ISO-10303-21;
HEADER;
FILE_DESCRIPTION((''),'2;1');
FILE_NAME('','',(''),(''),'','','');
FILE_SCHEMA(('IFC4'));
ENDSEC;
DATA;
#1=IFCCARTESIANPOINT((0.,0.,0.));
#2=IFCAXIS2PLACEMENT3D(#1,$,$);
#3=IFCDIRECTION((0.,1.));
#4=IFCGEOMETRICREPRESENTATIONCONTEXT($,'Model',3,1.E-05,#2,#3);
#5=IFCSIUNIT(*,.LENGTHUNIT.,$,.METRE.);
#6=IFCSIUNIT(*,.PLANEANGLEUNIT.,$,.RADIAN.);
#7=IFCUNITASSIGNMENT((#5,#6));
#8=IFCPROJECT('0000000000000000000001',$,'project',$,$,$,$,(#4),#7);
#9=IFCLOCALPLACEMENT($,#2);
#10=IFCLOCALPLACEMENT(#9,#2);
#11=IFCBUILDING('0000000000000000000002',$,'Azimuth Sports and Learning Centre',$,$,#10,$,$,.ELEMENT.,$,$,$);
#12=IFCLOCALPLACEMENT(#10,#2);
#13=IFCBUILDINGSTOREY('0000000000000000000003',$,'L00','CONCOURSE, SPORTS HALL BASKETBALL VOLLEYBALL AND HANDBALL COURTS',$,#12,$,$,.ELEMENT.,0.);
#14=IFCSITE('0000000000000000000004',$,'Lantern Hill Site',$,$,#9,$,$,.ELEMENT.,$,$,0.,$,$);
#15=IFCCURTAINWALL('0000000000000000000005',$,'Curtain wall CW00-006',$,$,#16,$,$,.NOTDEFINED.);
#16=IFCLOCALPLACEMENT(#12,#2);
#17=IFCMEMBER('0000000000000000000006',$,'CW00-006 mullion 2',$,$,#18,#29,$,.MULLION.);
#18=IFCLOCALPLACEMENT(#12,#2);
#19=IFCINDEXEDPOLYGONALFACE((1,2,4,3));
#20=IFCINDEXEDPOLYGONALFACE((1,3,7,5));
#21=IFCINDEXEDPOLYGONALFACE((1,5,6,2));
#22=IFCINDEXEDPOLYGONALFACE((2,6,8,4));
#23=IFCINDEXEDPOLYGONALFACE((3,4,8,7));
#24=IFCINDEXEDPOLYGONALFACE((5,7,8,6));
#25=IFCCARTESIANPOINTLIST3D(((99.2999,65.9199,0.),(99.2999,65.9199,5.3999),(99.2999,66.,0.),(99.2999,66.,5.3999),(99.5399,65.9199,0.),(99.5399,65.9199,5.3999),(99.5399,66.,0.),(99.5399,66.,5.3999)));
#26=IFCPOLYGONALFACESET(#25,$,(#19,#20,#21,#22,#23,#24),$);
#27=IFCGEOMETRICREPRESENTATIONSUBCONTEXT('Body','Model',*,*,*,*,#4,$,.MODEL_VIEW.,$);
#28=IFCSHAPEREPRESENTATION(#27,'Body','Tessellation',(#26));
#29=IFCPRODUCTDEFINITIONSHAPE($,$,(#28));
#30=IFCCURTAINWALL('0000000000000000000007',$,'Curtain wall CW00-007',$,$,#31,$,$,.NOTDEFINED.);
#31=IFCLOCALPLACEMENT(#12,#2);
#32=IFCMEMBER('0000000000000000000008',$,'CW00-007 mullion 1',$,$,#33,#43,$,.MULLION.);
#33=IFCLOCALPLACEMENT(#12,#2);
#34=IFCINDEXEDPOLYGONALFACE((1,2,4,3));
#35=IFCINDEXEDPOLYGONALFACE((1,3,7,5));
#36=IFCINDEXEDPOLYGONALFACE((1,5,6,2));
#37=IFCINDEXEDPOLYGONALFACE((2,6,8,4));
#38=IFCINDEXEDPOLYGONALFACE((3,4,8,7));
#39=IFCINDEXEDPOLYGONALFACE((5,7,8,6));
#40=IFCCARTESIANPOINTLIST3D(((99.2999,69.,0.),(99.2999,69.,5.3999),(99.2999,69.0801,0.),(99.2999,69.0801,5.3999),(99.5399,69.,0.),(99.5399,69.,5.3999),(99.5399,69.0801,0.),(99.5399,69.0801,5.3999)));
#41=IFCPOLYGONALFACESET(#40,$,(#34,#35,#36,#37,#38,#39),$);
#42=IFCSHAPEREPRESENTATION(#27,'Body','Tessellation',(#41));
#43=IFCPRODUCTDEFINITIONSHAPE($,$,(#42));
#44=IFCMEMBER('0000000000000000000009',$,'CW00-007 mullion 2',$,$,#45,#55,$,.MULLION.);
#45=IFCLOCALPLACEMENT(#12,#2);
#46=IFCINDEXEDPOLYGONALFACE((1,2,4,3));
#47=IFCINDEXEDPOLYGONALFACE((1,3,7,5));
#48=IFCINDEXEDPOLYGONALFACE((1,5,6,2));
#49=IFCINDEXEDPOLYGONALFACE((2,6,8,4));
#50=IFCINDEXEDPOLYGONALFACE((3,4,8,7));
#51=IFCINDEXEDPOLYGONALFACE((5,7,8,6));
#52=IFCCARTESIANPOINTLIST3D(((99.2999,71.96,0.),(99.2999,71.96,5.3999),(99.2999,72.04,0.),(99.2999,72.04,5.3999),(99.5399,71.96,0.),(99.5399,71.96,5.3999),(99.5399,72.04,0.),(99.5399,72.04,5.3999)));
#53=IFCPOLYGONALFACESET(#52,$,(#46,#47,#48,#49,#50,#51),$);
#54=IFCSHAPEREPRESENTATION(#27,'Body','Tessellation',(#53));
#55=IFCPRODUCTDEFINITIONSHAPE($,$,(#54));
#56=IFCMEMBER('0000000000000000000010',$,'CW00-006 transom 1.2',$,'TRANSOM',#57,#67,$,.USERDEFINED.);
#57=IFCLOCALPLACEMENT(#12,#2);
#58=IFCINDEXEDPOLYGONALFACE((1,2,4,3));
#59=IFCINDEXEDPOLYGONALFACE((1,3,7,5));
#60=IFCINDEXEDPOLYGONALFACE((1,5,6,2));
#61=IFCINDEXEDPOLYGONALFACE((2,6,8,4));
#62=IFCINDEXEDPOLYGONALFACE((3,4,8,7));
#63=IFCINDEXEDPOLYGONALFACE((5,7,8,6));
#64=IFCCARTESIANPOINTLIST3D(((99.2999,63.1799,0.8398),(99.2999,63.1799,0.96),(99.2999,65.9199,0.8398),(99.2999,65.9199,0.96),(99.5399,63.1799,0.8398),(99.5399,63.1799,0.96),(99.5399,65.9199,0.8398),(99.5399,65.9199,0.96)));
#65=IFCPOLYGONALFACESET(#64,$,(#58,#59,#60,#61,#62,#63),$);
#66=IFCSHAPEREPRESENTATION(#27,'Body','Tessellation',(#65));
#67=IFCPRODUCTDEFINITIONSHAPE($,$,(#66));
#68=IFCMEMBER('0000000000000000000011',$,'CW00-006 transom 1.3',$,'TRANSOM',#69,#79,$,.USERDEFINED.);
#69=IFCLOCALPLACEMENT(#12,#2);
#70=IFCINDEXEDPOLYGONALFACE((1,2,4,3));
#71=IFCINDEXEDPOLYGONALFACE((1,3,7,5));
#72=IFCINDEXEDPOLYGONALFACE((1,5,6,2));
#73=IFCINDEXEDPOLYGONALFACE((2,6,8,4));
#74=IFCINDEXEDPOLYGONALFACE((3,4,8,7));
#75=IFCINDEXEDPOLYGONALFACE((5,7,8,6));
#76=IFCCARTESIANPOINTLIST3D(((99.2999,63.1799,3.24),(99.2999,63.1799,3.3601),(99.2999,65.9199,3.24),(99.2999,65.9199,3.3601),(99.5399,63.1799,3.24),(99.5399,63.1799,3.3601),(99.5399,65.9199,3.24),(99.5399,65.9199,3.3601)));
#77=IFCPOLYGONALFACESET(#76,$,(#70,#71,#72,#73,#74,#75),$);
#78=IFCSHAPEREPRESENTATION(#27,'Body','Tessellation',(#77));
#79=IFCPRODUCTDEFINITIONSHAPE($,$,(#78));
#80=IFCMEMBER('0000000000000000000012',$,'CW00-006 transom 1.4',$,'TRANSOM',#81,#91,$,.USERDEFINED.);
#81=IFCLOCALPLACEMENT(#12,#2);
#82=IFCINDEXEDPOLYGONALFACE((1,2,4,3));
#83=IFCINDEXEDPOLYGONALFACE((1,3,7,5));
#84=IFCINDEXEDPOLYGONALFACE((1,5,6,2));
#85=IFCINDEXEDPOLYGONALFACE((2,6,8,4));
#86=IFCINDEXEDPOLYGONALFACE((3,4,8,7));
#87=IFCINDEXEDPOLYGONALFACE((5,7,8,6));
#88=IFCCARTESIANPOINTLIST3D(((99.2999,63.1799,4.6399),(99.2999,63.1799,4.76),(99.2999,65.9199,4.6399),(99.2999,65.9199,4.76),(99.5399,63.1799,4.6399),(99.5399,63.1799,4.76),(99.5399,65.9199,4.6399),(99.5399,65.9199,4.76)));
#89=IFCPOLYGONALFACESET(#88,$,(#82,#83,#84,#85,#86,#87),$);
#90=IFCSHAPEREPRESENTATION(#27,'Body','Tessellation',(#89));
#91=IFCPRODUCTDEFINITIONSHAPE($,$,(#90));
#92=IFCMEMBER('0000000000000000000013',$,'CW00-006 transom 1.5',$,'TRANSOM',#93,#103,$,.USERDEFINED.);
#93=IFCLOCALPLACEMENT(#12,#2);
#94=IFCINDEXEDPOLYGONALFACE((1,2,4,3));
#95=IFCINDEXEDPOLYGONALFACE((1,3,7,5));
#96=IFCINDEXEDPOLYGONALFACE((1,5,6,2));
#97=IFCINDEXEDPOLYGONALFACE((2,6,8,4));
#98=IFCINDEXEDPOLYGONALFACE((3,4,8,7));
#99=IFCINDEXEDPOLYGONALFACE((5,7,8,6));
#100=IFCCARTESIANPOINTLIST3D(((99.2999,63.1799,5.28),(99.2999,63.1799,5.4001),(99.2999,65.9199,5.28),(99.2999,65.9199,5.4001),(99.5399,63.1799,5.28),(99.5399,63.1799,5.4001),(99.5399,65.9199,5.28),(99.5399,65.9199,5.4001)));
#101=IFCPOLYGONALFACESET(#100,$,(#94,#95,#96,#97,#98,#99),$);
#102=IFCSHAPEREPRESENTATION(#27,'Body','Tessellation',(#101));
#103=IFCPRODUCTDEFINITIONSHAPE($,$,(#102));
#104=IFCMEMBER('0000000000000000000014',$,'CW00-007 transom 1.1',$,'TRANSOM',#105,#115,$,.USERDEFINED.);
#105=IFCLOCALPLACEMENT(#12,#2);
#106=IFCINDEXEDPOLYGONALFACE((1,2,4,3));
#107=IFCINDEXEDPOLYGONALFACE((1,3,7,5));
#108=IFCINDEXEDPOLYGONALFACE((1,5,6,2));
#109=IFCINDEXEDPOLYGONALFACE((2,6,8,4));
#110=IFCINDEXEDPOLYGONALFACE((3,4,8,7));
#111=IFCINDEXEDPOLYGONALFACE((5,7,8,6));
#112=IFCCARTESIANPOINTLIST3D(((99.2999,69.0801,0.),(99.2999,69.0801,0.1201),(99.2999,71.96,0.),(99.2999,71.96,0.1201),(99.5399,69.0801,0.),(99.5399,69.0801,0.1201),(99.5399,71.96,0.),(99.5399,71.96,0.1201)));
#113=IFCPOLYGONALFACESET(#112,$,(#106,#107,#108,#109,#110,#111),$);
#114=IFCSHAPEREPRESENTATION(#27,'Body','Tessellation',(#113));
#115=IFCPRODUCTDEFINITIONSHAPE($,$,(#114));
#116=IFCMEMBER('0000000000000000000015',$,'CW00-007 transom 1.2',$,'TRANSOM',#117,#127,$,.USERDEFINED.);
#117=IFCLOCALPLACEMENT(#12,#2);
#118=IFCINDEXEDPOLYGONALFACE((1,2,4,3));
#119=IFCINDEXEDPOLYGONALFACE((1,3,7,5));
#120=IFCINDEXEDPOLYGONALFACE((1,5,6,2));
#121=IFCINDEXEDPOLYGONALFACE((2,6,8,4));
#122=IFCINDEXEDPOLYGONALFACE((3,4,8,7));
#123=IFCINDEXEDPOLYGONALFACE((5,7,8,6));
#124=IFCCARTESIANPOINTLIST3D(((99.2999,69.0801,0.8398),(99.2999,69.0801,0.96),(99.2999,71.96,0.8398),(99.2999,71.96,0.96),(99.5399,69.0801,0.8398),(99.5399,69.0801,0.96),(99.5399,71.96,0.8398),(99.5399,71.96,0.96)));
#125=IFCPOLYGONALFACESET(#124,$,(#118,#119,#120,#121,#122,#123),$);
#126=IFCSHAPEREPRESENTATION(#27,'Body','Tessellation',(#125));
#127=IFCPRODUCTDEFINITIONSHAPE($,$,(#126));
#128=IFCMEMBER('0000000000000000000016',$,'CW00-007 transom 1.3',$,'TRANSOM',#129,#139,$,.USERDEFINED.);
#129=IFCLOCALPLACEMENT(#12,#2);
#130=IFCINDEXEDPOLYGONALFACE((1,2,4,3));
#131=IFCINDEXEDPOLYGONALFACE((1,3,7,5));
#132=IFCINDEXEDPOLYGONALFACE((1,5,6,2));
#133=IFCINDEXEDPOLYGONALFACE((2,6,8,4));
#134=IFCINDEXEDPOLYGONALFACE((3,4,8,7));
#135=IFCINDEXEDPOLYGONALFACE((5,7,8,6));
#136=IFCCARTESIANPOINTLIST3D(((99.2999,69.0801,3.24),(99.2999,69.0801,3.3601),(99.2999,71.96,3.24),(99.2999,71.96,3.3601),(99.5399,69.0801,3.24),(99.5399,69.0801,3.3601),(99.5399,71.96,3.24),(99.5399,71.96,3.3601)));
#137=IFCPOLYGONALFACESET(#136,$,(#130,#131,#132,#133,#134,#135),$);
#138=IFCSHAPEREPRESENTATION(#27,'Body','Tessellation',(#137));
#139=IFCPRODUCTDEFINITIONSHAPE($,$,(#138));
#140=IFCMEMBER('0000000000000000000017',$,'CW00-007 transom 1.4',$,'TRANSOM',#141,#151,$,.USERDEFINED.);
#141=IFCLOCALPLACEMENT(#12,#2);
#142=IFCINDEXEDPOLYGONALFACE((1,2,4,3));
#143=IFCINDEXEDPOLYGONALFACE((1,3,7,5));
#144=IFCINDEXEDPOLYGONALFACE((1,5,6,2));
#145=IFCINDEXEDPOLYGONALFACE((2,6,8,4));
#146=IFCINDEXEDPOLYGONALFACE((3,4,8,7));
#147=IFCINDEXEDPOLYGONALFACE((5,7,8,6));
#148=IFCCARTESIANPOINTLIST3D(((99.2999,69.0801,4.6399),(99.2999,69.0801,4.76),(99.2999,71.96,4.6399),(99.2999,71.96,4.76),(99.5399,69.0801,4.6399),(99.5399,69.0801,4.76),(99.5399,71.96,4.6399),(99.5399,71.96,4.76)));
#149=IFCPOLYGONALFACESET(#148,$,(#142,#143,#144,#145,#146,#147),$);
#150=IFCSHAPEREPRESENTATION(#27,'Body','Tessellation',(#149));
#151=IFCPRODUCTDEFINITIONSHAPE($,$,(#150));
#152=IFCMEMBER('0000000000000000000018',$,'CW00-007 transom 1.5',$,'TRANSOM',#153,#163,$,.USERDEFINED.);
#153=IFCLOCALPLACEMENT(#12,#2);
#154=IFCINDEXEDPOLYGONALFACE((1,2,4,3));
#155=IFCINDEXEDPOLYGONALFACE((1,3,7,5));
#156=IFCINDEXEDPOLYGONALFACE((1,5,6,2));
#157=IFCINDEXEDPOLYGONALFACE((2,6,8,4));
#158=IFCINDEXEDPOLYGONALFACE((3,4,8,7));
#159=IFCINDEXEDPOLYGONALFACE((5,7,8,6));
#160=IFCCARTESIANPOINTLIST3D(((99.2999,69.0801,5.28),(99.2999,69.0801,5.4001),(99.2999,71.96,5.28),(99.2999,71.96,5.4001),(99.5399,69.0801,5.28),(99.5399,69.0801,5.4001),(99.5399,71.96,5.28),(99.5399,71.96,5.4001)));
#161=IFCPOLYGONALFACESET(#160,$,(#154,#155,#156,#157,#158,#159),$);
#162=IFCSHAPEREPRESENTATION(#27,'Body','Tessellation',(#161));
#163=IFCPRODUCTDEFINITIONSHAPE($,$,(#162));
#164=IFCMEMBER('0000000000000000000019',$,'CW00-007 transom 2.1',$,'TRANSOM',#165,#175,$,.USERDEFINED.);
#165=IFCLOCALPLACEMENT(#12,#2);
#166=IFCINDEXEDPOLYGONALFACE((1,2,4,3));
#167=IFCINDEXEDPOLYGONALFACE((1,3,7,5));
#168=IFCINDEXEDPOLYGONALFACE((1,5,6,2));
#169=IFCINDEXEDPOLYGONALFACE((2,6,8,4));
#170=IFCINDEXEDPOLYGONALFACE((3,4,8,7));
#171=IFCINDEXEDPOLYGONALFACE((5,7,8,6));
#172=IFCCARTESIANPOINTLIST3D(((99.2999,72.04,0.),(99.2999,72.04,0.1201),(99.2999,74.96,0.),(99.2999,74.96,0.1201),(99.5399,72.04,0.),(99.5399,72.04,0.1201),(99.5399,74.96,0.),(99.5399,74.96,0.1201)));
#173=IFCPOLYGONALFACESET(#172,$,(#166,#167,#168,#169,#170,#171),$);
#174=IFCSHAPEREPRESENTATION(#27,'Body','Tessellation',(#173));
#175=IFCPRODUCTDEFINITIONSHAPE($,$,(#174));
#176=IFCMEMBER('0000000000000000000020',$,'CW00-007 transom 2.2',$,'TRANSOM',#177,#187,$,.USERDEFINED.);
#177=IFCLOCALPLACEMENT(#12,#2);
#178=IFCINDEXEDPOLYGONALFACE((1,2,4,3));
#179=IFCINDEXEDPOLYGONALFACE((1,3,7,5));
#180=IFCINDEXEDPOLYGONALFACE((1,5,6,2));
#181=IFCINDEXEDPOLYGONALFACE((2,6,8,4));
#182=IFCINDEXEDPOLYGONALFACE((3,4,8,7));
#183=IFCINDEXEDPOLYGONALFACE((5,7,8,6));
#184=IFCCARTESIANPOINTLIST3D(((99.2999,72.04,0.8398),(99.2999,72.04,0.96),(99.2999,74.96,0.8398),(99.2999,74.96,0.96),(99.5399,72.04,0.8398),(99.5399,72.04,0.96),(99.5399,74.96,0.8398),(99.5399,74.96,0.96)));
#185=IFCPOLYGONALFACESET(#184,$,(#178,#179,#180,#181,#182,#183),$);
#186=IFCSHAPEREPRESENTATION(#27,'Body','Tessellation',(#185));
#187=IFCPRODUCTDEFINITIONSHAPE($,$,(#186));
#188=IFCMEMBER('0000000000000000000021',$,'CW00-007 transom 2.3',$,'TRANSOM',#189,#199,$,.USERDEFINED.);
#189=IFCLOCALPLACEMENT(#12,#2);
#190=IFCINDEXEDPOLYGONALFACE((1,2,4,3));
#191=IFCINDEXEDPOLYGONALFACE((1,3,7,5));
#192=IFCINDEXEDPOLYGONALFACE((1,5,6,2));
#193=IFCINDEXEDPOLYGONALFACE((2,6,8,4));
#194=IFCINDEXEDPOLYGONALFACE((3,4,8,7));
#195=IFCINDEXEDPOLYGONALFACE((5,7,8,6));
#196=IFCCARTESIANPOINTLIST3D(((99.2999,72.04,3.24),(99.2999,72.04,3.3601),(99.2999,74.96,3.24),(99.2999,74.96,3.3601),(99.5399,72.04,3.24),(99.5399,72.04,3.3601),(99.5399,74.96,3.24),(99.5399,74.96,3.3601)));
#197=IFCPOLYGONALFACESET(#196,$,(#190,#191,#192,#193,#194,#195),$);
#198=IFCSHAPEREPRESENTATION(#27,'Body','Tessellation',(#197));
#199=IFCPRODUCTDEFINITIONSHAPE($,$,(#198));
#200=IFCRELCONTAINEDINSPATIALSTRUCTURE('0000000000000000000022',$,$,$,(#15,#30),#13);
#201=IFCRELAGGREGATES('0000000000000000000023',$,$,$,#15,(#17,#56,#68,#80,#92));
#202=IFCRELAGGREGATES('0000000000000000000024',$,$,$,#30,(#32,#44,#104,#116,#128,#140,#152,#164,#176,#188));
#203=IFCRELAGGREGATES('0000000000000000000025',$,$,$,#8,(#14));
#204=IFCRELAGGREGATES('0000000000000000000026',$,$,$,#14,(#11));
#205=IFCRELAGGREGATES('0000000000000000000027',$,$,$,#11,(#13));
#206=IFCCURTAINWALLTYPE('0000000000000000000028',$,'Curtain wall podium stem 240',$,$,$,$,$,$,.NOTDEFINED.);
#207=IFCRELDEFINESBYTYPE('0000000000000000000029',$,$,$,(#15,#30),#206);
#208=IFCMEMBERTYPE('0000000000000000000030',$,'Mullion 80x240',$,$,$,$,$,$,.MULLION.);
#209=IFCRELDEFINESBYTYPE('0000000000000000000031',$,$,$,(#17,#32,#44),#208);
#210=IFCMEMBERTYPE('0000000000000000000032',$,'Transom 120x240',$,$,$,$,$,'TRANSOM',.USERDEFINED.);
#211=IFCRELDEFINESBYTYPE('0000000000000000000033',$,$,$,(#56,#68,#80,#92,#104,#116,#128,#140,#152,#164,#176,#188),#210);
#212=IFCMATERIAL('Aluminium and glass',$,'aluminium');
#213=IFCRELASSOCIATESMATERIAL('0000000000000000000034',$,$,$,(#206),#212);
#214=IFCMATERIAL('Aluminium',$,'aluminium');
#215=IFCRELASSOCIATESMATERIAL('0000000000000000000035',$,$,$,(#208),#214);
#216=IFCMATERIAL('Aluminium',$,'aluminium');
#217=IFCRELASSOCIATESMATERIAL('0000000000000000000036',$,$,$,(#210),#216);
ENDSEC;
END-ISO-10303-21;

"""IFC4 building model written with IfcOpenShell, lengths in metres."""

from ifc_helpers import new_model, si_unit, direction, frame, origin, origin_2d, place, context, subcontext, project, spatial, rectangle, extrude, material, material_profile, profile_set, type_object, element, aggregate, save


model = new_model("IFC4")

# Units and contexts
model_context = context("Model", 3, precision=1e-05, world=origin(), true_north=direction((0.0, 1.0)))
body_context = subcontext(model_context, "Body", "Model", "MODEL_VIEW")
ifc_project = project(units=[si_unit("LENGTHUNIT", "METRE"), si_unit("PLANEANGLEUNIT", "RADIAN")], contexts=[model_context])

# Site, building, storey
site_placement = place(None, origin())
site = spatial("IfcSite", under=ifc_project, at=site_placement, Name="Lantern Hill Site", CompositionType="ELEMENT", RefElevation=0.0)
building_placement = place(site_placement, origin())
building = spatial("IfcBuilding", under=site, at=building_placement, Name="Azimuth Sports and Learning Centre", CompositionType="ELEMENT")
storey_placement = place(building_placement, origin())
storey = spatial("IfcBuildingStorey", under=building, at=storey_placement, Name="L00", Description="CONCOURSE, SPORTS HALL BASKETBALL VOLLEYBALL AND HANDBALL COURTS", CompositionType="ELEMENT", Elevation=0.0)

# Curtain wall, member
ifc_material_1 = material(Name="Aluminium and glass", Category="aluminium")
curtain_wall_type = type_object("IfcCurtainWallType", Name="Curtain wall podium stem 240", PredefinedType="NOTDEFINED", material=ifc_material_1)
curtain_wall_1_placement = place(storey_placement, origin())
curtain_wall_1 = element("IfcCurtainWall", 1, at=curtain_wall_1_placement, inside=storey, type_object=curtain_wall_type, Name="Curtain wall CW00-006", PredefinedType="NOTDEFINED")
ifc_material_2 = material(Name="Aluminium", Category="aluminium")
ifc_material_profile_1 = material_profile(ifc_material_2, rectangle(XDim=0.24, YDim=0.0801, at=origin_2d()), Name="Mullion 80x240")
ifc_profile_set_1 = profile_set([ifc_material_profile_1], Name="Aluminium")
member_type_1 = type_object("IfcMemberType", Name="Mullion 80x240", PredefinedType="MULLION", material=ifc_profile_set_1)
member_1_placement = place(storey_placement, frame((99.4199, 65.96, 0.0), z_axis=(0.0, 0.0, 1.0), x_axis=(-1.0, 0.0, 0.0)))
member_1 = element("IfcMember", 2, at=member_1_placement, type_object=member_type_1, Name="CW00-006 mullion 2", PredefinedType="MULLION", context=body_context, shape_type="SweptSolid", body=[
    extrude(rectangle(XDim=0.24, YDim=0.0801, at=origin_2d()), origin(), (0.0, 0.0, 1.0), 5.3999),
])

# Curtain wall, members
curtain_wall_2_placement = place(storey_placement, origin())
curtain_wall_2 = element("IfcCurtainWall", 3, at=curtain_wall_2_placement, inside=storey, type_object=curtain_wall_type, Name="Curtain wall CW00-007", PredefinedType="NOTDEFINED")
member_2_placement = place(storey_placement, frame((99.4199, 69.04, 0.0), z_axis=(0.0, 0.0, 1.0), x_axis=(-1.0, 0.0, 0.0)))
member_2 = element("IfcMember", 4, at=member_2_placement, type_object=member_type_1, Name="CW00-007 mullion 1", PredefinedType="MULLION", context=body_context, shape_type="SweptSolid", body=[
    extrude(rectangle(XDim=0.24, YDim=0.0801, at=origin_2d()), origin(), (0.0, 0.0, 1.0), 5.3999),
])
member_3_placement = place(storey_placement, frame((99.4199, 72.0, 0.0), z_axis=(0.0, 0.0, 1.0), x_axis=(-1.0, 0.0, 0.0)))
member_3 = element("IfcMember", 5, at=member_3_placement, type_object=member_type_1, Name="CW00-007 mullion 2", PredefinedType="MULLION", context=body_context, shape_type="SweptSolid", body=[
    extrude(rectangle(XDim=0.24, YDim=0.0801, at=origin_2d()), origin(), (0.0, 0.0, 1.0), 5.3999),
])

# Members
ifc_material_3 = material(Name="Aluminium", Category="aluminium")
ifc_material_profile_2 = material_profile(ifc_material_3, rectangle(XDim=0.24, YDim=0.1201, at=origin_2d()), Name="Transom 120x240")
ifc_profile_set_2 = profile_set([ifc_material_profile_2], Name="Aluminium")
member_type_2 = type_object("IfcMemberType", Name="Transom 120x240", ElementType="TRANSOM", PredefinedType="USERDEFINED", material=ifc_profile_set_2)
member_4_placement = place(storey_placement, frame((99.4199, 63.1799, 0.8999), z_axis=(0.0, 1.0, 0.0), x_axis=(-1.0, 0.0, 0.0)))
member_4 = element("IfcMember", 6, at=member_4_placement, type_object=member_type_2, Name="CW00-006 transom 1.2", ObjectType="TRANSOM", PredefinedType="USERDEFINED", context=body_context, shape_type="SweptSolid", body=[
    extrude(rectangle(XDim=0.24, YDim=0.1201, at=origin_2d()), origin(), (0.0, 0.0, 1.0), 2.74),
])
member_5_placement = place(storey_placement, frame((99.4199, 63.1799, 3.3), z_axis=(0.0, 1.0, 0.0), x_axis=(-1.0, 0.0, 0.0)))
member_5 = element("IfcMember", 7, at=member_5_placement, type_object=member_type_2, Name="CW00-006 transom 1.3", ObjectType="TRANSOM", PredefinedType="USERDEFINED", context=body_context, shape_type="SweptSolid", body=[
    extrude(rectangle(XDim=0.24, YDim=0.1201, at=origin_2d()), origin(), (0.0, 0.0, 1.0), 2.74),
])
member_6_placement = place(storey_placement, frame((99.4199, 63.1799, 4.7), z_axis=(0.0, 1.0, 0.0), x_axis=(-1.0, 0.0, 0.0)))
member_6 = element("IfcMember", 8, at=member_6_placement, type_object=member_type_2, Name="CW00-006 transom 1.4", ObjectType="TRANSOM", PredefinedType="USERDEFINED", context=body_context, shape_type="SweptSolid", body=[
    extrude(rectangle(XDim=0.24, YDim=0.1201, at=origin_2d()), origin(), (0.0, 0.0, 1.0), 2.74),
])
member_7_placement = place(storey_placement, frame((99.4199, 63.1799, 5.3401), z_axis=(0.0, 1.0, 0.0), x_axis=(-1.0, 0.0, 0.0)))
member_7 = element("IfcMember", 9, at=member_7_placement, type_object=member_type_2, Name="CW00-006 transom 1.5", ObjectType="TRANSOM", PredefinedType="USERDEFINED", context=body_context, shape_type="SweptSolid", body=[
    extrude(rectangle(XDim=0.24, YDim=0.1201, at=origin_2d()), origin(), (0.0, 0.0, 1.0), 2.74),
])
member_8_placement = place(storey_placement, frame((99.4199, 69.0801, 0.0601), z_axis=(0.0, 1.0, 0.0), x_axis=(-1.0, 0.0, 0.0)))
member_8 = element("IfcMember", 10, at=member_8_placement, type_object=member_type_2, Name="CW00-007 transom 1.1", ObjectType="TRANSOM", PredefinedType="USERDEFINED", context=body_context, shape_type="SweptSolid", body=[
    extrude(rectangle(XDim=0.24, YDim=0.1201, at=origin_2d()), origin(), (0.0, 0.0, 1.0), 2.8799),
])
member_9_placement = place(storey_placement, frame((99.4199, 69.0801, 0.8999), z_axis=(0.0, 1.0, 0.0), x_axis=(-1.0, 0.0, 0.0)))
member_9 = element("IfcMember", 11, at=member_9_placement, type_object=member_type_2, Name="CW00-007 transom 1.2", ObjectType="TRANSOM", PredefinedType="USERDEFINED", context=body_context, shape_type="SweptSolid", body=[
    extrude(rectangle(XDim=0.24, YDim=0.1201, at=origin_2d()), origin(), (0.0, 0.0, 1.0), 2.8799),
])
member_10_placement = place(storey_placement, frame((99.4199, 69.0801, 3.3), z_axis=(0.0, 1.0, 0.0), x_axis=(-1.0, 0.0, 0.0)))
member_10 = element("IfcMember", 12, at=member_10_placement, type_object=member_type_2, Name="CW00-007 transom 1.3", ObjectType="TRANSOM", PredefinedType="USERDEFINED", context=body_context, shape_type="SweptSolid", body=[
    extrude(rectangle(XDim=0.24, YDim=0.1201, at=origin_2d()), origin(), (0.0, 0.0, 1.0), 2.8799),
])
member_11_placement = place(storey_placement, frame((99.4199, 69.0801, 4.7), z_axis=(0.0, 1.0, 0.0), x_axis=(-1.0, 0.0, 0.0)))
member_11 = element("IfcMember", 13, at=member_11_placement, type_object=member_type_2, Name="CW00-007 transom 1.4", ObjectType="TRANSOM", PredefinedType="USERDEFINED", context=body_context, shape_type="SweptSolid", body=[
    extrude(rectangle(XDim=0.24, YDim=0.1201, at=origin_2d()), origin(), (0.0, 0.0, 1.0), 2.8799),
])
member_12_placement = place(storey_placement, frame((99.4199, 69.0801, 5.3401), z_axis=(0.0, 1.0, 0.0), x_axis=(-1.0, 0.0, 0.0)))
member_12 = element("IfcMember", 14, at=member_12_placement, type_object=member_type_2, Name="CW00-007 transom 1.5", ObjectType="TRANSOM", PredefinedType="USERDEFINED", context=body_context, shape_type="SweptSolid", body=[
    extrude(rectangle(XDim=0.24, YDim=0.1201, at=origin_2d()), origin(), (0.0, 0.0, 1.0), 2.8799),
])
member_13_placement = place(storey_placement, frame((99.4199, 72.04, 0.0601), z_axis=(0.0, 1.0, 0.0), x_axis=(-1.0, 0.0, 0.0)))
member_13 = element("IfcMember", 15, at=member_13_placement, type_object=member_type_2, Name="CW00-007 transom 2.1", ObjectType="TRANSOM", PredefinedType="USERDEFINED", context=body_context, shape_type="SweptSolid", body=[
    extrude(rectangle(XDim=0.24, YDim=0.1201, at=origin_2d()), origin(), (0.0, 0.0, 1.0), 2.9199),
])
member_14_placement = place(storey_placement, frame((99.4199, 72.04, 0.8999), z_axis=(0.0, 1.0, 0.0), x_axis=(-1.0, 0.0, 0.0)))
member_14 = element("IfcMember", 16, at=member_14_placement, type_object=member_type_2, Name="CW00-007 transom 2.2", ObjectType="TRANSOM", PredefinedType="USERDEFINED", context=body_context, shape_type="SweptSolid", body=[
    extrude(rectangle(XDim=0.24, YDim=0.1201, at=origin_2d()), origin(), (0.0, 0.0, 1.0), 2.9199),
])
member_15_placement = place(storey_placement, frame((99.4199, 72.04, 3.3), z_axis=(0.0, 1.0, 0.0), x_axis=(-1.0, 0.0, 0.0)))
member_15 = element("IfcMember", 17, at=member_15_placement, type_object=member_type_2, Name="CW00-007 transom 2.3", ObjectType="TRANSOM", PredefinedType="USERDEFINED", context=body_context, shape_type="SweptSolid", body=[
    extrude(rectangle(XDim=0.24, YDim=0.1201, at=origin_2d()), origin(), (0.0, 0.0, 1.0), 2.9199),
])

aggregate(curtain_wall_1, [member_1, member_4, member_5, member_6, member_7])
aggregate(curtain_wall_2, [member_2, member_3, member_8, member_9, member_10, member_11, member_12, member_13, member_14, member_15])

save(model, "model.ifc")
